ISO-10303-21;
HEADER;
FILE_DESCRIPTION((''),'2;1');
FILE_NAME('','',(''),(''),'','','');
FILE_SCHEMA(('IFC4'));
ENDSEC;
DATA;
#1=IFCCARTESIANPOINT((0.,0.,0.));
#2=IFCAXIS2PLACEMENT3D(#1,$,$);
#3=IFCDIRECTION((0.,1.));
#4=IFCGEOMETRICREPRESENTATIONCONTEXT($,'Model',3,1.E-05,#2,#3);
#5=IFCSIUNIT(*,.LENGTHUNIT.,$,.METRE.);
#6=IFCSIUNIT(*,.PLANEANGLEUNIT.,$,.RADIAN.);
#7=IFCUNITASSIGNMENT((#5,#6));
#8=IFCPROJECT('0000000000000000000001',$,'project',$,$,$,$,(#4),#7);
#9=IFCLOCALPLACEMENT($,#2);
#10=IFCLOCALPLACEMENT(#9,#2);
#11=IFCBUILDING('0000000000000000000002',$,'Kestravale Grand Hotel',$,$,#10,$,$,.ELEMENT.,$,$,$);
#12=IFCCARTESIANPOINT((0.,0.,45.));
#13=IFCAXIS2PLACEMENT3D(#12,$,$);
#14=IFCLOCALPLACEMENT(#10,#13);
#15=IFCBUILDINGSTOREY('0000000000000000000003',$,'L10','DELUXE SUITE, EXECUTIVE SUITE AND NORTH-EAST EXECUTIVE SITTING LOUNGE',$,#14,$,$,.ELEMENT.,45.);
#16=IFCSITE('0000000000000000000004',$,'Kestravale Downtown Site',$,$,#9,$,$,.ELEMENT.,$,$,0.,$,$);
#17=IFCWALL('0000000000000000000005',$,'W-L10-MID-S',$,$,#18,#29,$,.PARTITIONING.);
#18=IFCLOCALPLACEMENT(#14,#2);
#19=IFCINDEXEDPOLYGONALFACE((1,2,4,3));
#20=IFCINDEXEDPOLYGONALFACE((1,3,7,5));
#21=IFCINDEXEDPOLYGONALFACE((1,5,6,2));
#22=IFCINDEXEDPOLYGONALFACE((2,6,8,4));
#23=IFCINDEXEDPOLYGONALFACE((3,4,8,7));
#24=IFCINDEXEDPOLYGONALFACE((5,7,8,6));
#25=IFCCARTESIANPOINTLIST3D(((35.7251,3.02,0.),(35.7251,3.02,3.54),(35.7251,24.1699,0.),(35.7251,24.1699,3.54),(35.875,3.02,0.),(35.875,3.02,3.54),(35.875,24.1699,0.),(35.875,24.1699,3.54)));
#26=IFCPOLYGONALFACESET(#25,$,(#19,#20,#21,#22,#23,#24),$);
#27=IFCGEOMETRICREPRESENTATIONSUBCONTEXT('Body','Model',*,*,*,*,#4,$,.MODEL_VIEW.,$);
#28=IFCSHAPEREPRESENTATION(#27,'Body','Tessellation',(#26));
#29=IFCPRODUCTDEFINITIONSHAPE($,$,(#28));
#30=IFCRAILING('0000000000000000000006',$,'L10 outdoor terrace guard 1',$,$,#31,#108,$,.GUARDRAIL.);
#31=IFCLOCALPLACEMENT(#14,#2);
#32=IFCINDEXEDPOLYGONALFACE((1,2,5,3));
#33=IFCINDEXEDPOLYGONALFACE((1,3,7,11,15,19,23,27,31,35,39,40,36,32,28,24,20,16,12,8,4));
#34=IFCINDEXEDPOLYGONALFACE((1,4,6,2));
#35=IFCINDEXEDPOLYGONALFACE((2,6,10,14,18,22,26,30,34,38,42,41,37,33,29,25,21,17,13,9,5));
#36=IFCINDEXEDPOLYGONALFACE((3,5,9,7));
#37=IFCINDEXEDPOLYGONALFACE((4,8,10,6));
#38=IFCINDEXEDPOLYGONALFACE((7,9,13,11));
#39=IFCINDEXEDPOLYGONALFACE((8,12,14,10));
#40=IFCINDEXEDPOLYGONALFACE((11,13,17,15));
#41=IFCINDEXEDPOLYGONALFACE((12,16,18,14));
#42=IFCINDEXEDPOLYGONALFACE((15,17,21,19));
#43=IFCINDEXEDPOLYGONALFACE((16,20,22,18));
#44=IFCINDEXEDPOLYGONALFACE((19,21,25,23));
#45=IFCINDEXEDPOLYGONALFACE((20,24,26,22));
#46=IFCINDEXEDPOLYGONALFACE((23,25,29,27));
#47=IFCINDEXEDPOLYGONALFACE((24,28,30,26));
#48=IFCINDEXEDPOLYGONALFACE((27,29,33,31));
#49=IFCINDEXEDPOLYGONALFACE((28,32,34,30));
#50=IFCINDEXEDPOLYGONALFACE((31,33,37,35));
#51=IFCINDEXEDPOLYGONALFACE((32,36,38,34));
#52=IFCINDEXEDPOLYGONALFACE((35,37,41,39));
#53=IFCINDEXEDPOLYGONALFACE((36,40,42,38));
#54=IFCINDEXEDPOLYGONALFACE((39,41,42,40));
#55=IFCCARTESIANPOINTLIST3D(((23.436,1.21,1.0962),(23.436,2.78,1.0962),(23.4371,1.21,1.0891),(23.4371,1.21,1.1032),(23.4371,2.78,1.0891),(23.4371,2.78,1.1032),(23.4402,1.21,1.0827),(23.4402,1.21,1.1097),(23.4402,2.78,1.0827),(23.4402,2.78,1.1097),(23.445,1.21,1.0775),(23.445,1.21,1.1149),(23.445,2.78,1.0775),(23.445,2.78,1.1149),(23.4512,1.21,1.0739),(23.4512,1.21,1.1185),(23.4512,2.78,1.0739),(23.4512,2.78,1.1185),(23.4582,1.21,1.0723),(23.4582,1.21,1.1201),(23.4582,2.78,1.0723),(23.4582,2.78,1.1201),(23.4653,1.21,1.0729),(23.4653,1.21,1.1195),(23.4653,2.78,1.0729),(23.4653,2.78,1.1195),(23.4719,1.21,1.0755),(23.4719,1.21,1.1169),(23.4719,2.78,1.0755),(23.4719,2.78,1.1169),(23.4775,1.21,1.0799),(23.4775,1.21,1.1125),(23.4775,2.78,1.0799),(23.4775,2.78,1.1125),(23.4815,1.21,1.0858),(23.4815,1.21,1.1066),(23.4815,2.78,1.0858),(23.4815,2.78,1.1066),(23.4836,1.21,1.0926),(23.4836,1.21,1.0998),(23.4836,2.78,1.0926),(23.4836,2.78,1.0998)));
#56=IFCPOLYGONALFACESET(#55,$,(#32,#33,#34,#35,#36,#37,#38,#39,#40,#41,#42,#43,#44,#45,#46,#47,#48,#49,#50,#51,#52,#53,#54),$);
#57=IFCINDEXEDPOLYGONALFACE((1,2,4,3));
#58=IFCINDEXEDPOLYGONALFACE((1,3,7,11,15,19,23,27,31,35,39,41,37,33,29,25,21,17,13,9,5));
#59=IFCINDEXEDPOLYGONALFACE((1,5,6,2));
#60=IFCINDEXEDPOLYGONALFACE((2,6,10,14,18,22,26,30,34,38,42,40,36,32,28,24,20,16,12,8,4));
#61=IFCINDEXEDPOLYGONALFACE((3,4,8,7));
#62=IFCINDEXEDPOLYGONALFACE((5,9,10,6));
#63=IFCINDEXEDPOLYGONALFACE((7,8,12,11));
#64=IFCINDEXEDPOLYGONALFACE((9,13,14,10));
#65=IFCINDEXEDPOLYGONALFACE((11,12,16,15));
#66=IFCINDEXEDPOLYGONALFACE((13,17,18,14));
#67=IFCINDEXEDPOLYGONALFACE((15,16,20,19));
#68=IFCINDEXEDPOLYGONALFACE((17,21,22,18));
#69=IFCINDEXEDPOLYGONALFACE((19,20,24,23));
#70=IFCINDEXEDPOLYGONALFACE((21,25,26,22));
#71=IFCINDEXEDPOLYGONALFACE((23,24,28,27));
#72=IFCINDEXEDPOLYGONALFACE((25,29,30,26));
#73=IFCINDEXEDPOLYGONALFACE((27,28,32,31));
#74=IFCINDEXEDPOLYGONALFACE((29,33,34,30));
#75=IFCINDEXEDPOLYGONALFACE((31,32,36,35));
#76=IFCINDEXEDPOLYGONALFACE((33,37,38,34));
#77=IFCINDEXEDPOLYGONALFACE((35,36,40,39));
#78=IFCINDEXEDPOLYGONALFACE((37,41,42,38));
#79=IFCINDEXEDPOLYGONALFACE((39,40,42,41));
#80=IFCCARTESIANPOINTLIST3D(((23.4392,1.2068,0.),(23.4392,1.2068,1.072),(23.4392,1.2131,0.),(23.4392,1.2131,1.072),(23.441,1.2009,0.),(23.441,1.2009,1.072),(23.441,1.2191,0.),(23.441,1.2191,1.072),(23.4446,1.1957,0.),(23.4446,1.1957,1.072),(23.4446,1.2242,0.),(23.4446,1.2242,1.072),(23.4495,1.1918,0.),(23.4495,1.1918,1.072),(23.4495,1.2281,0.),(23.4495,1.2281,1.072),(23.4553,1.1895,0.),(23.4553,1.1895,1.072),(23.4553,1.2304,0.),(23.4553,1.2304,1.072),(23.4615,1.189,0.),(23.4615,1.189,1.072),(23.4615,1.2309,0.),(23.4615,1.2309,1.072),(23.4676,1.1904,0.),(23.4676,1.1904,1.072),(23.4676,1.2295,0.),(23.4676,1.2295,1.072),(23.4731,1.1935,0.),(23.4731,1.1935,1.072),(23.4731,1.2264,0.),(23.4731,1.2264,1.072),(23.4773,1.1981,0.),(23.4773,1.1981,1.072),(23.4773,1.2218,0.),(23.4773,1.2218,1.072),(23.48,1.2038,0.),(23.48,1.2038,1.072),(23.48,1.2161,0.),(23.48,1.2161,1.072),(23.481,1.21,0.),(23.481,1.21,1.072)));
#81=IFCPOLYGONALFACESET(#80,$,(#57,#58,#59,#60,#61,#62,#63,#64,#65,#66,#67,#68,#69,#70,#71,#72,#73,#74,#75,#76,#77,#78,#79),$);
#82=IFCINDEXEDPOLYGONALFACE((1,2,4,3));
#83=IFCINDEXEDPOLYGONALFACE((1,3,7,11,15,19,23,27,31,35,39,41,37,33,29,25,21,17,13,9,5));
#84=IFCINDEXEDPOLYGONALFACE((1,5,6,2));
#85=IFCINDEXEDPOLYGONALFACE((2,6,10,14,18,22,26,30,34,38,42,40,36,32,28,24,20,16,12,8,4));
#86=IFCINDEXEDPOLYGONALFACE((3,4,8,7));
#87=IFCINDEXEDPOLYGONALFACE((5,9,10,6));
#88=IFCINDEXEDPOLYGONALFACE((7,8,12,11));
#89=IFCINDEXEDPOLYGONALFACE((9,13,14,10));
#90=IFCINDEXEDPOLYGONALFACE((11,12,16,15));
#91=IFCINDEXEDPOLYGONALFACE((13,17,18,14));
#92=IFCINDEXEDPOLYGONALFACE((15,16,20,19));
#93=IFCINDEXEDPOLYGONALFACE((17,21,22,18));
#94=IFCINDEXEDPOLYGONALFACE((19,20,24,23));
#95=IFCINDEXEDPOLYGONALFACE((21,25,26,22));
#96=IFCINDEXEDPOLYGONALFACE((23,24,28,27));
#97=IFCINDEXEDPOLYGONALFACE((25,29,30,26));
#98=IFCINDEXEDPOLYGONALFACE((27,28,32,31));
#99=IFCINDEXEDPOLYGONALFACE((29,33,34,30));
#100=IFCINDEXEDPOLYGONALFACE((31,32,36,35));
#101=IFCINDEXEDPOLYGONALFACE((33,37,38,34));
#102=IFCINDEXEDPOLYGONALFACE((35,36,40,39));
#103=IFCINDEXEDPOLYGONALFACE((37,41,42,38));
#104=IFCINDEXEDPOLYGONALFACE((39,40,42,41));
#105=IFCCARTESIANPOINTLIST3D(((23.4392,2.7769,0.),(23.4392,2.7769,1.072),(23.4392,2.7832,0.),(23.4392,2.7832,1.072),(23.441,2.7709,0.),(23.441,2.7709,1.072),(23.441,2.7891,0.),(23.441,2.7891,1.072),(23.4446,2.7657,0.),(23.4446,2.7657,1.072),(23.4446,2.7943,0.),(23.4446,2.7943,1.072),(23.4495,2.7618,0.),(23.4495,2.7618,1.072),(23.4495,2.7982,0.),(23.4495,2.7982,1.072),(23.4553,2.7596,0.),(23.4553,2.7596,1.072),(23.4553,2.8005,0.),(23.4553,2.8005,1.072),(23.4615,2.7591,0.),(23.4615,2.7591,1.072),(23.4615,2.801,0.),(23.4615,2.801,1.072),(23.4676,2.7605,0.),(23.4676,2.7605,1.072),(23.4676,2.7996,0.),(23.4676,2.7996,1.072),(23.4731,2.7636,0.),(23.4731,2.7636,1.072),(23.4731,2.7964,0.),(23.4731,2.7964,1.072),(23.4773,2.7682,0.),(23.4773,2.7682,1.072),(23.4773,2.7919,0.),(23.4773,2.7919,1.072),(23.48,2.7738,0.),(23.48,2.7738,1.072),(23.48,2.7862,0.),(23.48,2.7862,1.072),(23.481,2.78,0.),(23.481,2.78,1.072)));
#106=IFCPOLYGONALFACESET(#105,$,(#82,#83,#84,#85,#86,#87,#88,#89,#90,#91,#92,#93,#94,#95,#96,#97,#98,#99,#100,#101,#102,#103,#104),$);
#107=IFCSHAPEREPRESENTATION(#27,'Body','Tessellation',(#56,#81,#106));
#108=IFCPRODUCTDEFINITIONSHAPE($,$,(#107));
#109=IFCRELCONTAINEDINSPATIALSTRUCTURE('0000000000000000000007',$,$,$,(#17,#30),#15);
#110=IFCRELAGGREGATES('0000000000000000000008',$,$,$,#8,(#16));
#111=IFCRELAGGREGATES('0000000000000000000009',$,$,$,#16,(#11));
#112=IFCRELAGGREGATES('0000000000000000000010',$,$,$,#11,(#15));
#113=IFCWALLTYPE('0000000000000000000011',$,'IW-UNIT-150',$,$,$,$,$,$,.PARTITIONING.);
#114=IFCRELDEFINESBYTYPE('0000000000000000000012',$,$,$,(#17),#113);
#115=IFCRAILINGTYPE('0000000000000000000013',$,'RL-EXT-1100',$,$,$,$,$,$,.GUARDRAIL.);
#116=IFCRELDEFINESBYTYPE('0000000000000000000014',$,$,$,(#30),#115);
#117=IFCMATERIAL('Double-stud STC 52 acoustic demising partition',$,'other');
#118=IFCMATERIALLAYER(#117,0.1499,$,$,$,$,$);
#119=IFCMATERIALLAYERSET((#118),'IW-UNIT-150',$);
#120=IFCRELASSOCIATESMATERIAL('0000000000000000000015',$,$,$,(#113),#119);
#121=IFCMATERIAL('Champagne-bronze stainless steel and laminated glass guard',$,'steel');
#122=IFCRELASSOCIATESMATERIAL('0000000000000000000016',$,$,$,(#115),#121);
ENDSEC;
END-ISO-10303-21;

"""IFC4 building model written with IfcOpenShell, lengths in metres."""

from ifc_helpers import new_model, si_unit, direction, frame, frame_2d, origin, origin_2d, place, context, subcontext, project, spatial, rectangle, circle, extrude, material, layer, layer_set, type_object, element, save


model = new_model("IFC4")

# Units and contexts
model_context = context("Model", 3, precision=1e-05, world=origin(), true_north=direction((0.0, 1.0)))
body_context = subcontext(model_context, "Body", "Model", "MODEL_VIEW")
ifc_project = project(units=[si_unit("LENGTHUNIT", "METRE"), si_unit("PLANEANGLEUNIT", "RADIAN")], contexts=[model_context])

# Site, building, storey
site_placement = place(None, origin())
site = spatial("IfcSite", under=ifc_project, at=site_placement, Name="Kestravale Downtown Site", CompositionType="ELEMENT", RefElevation=0.0)
building_placement = place(site_placement, origin())
building = spatial("IfcBuilding", under=site, at=building_placement, Name="Kestravale Grand Hotel", CompositionType="ELEMENT")
storey_placement = place(building_placement, frame((0.0, 0.0, 45.0)))
storey = spatial("IfcBuildingStorey", under=building, at=storey_placement, Name="L10", Description="DELUXE SUITE, EXECUTIVE SUITE AND NORTH-EAST EXECUTIVE SITTING LOUNGE", CompositionType="ELEMENT", Elevation=45.0)

# Wall
ifc_material_1 = material(Name="Double-stud STC 52 acoustic demising partition", Category="other")
ifc_layer = layer(ifc_material_1, 0.1499)
ifc_layer_set = layer_set([ifc_layer], Name="IW-UNIT-150")
wall_type = type_object("IfcWallType", Name="IW-UNIT-150", PredefinedType="PARTITIONING", material=ifc_layer_set)
wall_1_placement = place(storey_placement, frame((35.8, 3.02, 0.0), z_axis=(0.0, 0.0, 1.0), x_axis=(0.0, 1.0, 0.0)))
element("IfcWall", 1, at=wall_1_placement, inside=storey, type_object=wall_type, Name="W-L10-MID-S", PredefinedType="PARTITIONING", context=body_context, shape_type="SweptSolid", body=[
    extrude(rectangle(XDim=21.1499, YDim=0.1499, at=frame_2d((10.575, 0.0))), origin(), (0.0, 0.0, 1.0), 3.54),
])

# Railing
ifc_material_2 = material(Name="Champagne-bronze stainless steel and laminated glass guard", Category="steel")
railing_type = type_object("IfcRailingType", Name="RL-EXT-1100", PredefinedType="GUARDRAIL", material=ifc_material_2)
railing_1_placement = place(storey_placement, frame((23.46, 1.21, 0.0)))
element("IfcRailing", 2, at=railing_1_placement, inside=storey, type_object=railing_type, Name="L10 outdoor terrace guard 1", PredefinedType="GUARDRAIL", context=body_context, shape_type="SweptSolid", body=[
    extrude(circle(Radius=0.0239, at=origin_2d()), frame((0.0, 0.0, 1.0962), z_axis=(0.0, 1.0, 0.0), x_axis=(-1.0, 0.0, 0.0)), (0.0, 0.0, 1.0), 1.5701),
    extrude(circle(Radius=0.021, at=origin_2d()), origin(), (0.0, 0.0, 1.0), 1.072),
    extrude(circle(Radius=0.021, at=origin_2d()), frame((0.0, 1.5701, 0.0)), (0.0, 0.0, 1.0), 1.072),
])

save(model, "model.ifc")
